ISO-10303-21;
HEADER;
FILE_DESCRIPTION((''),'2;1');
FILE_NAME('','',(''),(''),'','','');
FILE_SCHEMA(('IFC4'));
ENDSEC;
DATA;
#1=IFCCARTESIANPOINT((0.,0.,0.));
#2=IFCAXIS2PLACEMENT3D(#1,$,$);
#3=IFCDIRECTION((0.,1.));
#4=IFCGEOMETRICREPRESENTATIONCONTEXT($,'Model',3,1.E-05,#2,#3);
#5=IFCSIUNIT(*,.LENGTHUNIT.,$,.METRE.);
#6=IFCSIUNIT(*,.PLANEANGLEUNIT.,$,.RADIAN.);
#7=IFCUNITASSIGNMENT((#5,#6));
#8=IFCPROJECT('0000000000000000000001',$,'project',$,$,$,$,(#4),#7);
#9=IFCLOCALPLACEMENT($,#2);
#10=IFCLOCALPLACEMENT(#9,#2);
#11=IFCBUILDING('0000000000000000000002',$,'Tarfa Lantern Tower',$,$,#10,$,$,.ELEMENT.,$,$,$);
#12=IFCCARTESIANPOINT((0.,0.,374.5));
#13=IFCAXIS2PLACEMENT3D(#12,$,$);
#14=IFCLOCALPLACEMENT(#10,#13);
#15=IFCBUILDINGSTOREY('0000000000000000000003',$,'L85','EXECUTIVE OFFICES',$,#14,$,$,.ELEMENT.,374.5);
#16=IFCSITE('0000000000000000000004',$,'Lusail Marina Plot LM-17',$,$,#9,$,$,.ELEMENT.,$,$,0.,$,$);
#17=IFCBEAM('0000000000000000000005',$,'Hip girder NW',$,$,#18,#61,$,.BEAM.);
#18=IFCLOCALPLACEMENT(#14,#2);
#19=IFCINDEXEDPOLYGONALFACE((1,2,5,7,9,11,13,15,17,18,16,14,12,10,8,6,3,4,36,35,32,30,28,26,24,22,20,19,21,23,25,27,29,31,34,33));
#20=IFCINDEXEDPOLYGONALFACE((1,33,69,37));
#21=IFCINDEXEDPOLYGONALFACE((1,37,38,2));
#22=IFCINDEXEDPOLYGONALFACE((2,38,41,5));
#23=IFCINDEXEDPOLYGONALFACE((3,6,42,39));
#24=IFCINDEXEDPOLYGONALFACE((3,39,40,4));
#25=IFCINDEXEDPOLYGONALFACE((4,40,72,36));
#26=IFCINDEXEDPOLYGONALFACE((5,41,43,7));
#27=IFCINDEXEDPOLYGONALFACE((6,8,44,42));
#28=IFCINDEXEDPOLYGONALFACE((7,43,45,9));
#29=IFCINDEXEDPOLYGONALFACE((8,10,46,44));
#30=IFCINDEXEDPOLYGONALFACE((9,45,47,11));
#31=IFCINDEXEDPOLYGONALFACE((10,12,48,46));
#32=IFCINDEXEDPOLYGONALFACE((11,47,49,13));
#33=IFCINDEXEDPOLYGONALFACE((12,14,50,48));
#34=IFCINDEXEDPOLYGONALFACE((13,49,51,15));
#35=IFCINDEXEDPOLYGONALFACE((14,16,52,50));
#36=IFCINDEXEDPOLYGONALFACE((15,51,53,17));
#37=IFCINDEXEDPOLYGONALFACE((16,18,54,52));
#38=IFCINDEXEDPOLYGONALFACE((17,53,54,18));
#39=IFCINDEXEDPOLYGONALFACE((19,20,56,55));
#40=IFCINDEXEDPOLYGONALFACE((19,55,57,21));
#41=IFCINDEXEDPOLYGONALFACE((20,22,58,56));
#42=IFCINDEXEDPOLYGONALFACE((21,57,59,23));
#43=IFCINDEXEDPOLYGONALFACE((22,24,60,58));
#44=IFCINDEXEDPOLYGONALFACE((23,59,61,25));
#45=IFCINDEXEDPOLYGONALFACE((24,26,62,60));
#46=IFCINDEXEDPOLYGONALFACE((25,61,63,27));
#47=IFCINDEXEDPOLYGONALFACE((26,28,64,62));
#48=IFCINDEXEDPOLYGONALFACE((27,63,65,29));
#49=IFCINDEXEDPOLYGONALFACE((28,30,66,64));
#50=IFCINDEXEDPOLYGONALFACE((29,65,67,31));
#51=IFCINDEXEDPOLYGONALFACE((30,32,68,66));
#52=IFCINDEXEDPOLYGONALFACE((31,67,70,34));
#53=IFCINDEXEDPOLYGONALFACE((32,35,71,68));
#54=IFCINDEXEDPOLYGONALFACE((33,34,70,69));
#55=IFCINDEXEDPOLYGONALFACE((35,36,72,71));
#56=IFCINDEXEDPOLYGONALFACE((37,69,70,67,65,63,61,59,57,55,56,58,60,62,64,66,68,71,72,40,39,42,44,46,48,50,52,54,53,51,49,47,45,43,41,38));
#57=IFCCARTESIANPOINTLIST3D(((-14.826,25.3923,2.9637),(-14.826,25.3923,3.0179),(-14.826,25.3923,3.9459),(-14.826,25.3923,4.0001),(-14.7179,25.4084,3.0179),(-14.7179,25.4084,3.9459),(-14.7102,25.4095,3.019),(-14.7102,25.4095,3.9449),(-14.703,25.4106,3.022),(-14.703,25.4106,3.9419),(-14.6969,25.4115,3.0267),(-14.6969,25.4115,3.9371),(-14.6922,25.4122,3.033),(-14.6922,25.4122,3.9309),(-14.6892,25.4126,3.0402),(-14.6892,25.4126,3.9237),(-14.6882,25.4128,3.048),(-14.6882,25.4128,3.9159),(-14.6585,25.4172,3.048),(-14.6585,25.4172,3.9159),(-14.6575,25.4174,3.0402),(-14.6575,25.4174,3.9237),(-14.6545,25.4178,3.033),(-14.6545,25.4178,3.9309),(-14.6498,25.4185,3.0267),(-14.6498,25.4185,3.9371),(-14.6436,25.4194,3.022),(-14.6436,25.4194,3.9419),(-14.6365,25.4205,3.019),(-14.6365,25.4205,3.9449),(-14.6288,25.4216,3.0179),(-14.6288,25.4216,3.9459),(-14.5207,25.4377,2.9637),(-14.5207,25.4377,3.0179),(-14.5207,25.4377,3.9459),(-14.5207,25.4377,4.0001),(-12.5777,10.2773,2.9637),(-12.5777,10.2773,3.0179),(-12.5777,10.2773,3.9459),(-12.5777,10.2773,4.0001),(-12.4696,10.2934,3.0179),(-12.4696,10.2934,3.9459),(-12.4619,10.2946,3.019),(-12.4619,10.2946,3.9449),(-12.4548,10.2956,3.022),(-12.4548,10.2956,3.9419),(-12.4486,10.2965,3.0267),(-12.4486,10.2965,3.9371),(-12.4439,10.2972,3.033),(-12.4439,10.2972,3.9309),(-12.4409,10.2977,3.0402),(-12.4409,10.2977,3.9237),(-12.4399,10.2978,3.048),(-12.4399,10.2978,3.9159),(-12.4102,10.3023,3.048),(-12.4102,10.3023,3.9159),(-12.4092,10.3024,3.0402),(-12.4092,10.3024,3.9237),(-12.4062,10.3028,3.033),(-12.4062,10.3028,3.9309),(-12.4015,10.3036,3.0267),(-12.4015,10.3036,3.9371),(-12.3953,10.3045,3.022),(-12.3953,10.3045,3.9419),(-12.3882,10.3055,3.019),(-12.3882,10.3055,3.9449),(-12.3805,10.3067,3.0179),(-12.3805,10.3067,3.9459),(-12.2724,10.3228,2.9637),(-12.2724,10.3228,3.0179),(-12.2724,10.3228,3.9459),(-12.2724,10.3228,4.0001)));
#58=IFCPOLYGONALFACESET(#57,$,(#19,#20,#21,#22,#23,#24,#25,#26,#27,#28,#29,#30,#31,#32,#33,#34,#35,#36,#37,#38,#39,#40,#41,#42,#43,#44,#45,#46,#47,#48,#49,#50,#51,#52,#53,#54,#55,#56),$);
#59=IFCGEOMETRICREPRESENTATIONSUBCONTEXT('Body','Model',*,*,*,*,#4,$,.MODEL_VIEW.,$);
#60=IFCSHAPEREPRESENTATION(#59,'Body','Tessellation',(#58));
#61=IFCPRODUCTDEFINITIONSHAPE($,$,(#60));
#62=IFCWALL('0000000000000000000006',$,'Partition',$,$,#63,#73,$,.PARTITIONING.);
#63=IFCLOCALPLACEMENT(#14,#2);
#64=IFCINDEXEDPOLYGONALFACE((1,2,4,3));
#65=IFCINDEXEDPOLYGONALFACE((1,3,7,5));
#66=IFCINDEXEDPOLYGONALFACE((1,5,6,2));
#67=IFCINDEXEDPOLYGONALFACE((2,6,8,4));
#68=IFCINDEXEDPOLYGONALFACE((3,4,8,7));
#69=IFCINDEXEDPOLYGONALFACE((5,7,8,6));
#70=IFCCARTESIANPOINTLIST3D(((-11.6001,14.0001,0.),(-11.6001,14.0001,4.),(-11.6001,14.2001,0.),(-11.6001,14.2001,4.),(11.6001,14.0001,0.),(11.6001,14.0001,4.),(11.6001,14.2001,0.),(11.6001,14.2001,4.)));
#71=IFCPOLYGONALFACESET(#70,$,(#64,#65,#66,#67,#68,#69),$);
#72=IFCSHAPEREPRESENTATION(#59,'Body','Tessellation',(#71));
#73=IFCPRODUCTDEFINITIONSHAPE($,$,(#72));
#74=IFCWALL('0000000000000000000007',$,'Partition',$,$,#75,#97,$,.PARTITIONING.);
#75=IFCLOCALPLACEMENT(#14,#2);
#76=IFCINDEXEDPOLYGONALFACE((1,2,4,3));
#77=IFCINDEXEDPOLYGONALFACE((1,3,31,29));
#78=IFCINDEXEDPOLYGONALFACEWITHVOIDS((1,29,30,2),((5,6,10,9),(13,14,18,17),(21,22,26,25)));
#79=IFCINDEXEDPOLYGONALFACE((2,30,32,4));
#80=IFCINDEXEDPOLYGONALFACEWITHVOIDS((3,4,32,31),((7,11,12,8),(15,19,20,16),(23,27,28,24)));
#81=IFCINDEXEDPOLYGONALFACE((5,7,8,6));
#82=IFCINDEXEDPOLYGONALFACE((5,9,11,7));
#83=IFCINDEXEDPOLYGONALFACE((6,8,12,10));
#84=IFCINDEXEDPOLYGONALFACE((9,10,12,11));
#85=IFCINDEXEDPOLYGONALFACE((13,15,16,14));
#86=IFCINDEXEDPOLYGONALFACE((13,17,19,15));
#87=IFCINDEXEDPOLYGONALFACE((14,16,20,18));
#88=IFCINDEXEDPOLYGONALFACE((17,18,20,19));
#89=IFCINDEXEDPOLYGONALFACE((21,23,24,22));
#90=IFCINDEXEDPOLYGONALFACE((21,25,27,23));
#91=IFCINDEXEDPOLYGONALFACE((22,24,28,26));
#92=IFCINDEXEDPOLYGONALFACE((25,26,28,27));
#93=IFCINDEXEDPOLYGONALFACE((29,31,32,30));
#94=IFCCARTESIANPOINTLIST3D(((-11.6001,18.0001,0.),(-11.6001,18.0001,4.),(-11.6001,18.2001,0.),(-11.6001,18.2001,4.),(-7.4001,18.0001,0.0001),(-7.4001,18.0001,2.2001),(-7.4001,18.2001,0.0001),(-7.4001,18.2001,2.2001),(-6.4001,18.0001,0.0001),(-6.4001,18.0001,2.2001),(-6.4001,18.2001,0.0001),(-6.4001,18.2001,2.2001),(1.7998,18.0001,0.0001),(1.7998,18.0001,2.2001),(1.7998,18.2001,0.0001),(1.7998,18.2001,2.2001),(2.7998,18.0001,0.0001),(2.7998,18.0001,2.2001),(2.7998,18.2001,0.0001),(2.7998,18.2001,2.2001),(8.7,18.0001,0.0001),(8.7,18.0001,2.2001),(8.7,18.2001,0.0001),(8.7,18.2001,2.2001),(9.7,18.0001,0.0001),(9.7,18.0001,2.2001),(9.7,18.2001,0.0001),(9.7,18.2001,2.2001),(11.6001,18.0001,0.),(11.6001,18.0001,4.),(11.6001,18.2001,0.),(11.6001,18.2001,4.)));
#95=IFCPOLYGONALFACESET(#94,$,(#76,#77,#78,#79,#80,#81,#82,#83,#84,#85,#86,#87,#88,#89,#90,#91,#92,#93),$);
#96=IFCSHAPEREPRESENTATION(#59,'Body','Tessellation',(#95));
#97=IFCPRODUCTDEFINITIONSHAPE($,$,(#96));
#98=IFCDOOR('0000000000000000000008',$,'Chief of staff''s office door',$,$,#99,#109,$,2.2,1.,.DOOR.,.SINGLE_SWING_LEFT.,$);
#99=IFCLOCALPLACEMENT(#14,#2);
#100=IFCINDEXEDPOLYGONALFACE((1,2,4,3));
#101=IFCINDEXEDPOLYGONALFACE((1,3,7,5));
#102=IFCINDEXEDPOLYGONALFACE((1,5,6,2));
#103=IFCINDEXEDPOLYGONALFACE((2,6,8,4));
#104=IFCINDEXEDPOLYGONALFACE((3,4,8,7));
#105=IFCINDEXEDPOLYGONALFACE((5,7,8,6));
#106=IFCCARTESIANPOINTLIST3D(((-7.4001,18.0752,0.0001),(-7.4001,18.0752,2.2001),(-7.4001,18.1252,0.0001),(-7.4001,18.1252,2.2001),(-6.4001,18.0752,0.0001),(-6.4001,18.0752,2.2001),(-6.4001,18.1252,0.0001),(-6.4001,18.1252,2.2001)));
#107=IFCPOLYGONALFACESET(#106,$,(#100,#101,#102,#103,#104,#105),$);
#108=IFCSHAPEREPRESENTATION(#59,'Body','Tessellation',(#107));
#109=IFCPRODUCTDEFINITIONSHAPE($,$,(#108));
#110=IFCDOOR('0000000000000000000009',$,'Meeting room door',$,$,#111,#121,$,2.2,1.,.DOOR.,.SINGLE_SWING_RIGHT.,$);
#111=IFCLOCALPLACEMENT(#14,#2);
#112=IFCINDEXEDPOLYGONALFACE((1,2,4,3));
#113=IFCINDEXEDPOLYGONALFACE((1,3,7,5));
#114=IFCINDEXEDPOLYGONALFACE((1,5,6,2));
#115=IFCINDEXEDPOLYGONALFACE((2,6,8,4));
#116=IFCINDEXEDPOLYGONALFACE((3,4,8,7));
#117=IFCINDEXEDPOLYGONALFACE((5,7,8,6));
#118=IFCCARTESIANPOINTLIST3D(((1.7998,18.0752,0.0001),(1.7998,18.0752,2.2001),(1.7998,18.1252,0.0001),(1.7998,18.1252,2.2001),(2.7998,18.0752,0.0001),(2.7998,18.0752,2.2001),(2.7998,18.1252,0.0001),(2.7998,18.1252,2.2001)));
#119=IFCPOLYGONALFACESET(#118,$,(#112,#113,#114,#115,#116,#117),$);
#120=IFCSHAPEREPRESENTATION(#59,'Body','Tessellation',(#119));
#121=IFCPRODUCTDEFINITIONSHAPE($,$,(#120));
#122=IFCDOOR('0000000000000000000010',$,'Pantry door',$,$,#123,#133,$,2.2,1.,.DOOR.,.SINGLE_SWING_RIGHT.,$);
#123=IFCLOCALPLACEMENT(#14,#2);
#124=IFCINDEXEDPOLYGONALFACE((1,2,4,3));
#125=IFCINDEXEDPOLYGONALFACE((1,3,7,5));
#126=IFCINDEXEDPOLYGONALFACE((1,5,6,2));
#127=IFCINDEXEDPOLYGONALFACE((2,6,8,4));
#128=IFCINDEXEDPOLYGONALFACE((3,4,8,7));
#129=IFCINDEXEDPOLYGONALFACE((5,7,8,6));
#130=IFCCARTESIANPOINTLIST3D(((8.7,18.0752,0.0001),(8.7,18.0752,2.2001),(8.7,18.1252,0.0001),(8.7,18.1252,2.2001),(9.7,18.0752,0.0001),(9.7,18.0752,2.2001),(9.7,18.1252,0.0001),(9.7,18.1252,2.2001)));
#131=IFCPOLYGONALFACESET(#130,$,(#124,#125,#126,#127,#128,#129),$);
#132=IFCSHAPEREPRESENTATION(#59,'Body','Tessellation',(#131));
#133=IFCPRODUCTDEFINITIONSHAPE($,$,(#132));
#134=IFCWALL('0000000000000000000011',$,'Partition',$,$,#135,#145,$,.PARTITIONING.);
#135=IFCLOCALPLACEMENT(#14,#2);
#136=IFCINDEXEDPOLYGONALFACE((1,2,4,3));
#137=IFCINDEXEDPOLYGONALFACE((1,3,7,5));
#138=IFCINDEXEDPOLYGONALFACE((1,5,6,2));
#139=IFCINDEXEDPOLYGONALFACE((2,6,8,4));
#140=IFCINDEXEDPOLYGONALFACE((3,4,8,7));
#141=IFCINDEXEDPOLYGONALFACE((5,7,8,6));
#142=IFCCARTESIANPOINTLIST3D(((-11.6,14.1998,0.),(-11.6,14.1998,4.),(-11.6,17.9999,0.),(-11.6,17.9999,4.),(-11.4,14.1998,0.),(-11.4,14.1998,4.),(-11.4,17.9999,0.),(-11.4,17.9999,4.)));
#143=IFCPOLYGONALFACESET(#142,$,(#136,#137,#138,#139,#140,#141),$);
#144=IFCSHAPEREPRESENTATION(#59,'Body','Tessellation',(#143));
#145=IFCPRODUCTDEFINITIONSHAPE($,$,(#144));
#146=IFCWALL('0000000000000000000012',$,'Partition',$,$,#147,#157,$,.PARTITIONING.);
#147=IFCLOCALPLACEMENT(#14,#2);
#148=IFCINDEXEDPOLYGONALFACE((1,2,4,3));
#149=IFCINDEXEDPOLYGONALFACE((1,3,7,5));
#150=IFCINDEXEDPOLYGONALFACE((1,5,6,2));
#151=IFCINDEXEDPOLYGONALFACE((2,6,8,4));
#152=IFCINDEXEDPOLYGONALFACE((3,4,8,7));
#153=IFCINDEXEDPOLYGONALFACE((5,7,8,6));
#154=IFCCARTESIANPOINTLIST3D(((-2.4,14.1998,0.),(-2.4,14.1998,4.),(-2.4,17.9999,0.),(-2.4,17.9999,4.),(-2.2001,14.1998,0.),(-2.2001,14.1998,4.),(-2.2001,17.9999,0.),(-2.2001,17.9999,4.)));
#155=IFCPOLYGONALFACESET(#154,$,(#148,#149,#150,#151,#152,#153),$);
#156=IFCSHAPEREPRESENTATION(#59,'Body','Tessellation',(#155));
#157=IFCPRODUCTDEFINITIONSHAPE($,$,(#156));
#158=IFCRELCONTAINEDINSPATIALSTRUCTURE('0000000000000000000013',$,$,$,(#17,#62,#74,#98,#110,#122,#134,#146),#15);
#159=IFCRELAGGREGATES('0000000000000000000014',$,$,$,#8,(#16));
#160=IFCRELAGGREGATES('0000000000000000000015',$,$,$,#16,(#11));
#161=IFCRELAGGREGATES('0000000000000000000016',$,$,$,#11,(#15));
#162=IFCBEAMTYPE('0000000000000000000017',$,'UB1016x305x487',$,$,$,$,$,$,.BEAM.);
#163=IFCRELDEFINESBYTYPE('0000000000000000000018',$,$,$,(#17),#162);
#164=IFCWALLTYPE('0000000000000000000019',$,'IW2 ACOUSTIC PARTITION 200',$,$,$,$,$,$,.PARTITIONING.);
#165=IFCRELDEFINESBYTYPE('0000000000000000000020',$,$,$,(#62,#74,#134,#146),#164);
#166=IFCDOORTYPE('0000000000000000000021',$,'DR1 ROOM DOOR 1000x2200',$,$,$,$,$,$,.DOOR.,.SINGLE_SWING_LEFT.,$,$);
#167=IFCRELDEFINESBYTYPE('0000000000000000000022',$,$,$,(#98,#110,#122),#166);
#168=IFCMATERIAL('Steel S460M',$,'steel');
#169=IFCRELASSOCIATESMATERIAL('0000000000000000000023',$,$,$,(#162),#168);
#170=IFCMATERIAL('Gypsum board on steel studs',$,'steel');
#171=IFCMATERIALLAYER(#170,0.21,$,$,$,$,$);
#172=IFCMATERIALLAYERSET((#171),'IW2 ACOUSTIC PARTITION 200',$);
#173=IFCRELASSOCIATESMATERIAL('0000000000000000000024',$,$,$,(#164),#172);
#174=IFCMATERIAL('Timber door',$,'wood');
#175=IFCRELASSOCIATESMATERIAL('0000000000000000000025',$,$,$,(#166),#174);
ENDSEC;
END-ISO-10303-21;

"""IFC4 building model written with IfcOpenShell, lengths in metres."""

from ifc_helpers import new_model, si_unit, direction, frame, frame_2d, origin, origin_2d, place, context, subcontext, project, spatial, rectangle, i_section, extrude, material, layer, layer_set, material_profile, profile_set, type_object, element, fill, save


model = new_model("IFC4")

# Units and contexts
model_context = context("Model", 3, precision=1e-05, world=origin(), true_north=direction((0.0, 1.0)))
body_context = subcontext(model_context, "Body", "Model", "MODEL_VIEW")
ifc_project = project(units=[si_unit("LENGTHUNIT", "METRE"), si_unit("PLANEANGLEUNIT", "RADIAN")], contexts=[model_context])

# Site, building, storey
site_placement = place(None, origin())
site = spatial("IfcSite", under=ifc_project, at=site_placement, Name="Lusail Marina Plot LM-17", CompositionType="ELEMENT", RefElevation=0.0)
building_placement = place(site_placement, origin())
building = spatial("IfcBuilding", under=site, at=building_placement, Name="Tarfa Lantern Tower", CompositionType="ELEMENT")
storey_placement = place(building_placement, frame((0.0, 0.0, 374.5)))
storey = spatial("IfcBuildingStorey", under=building, at=storey_placement, Name="L85", Description="EXECUTIVE OFFICES", CompositionType="ELEMENT", Elevation=374.5)

# Beam
ifc_material_1 = material(Name="Steel S460M", Category="steel")
ifc_material_profile = material_profile(ifc_material_1, i_section(OverallWidth=0.3086, OverallDepth=1.0364, WebThickness=0.03, FlangeThickness=0.0542, FilletRadius=0.03, at=origin_2d()), Name="UB1016x305x487")
ifc_profile_set = profile_set([ifc_material_profile], Name="Steel S460M")
beam_type = type_object("IfcBeamType", Name="UB1016x305x487", PredefinedType="BEAM", material=ifc_profile_set)
beam_placement = place(storey_placement, frame((-12.425, 10.3, 3.4819), z_axis=(-0.147127, 0.989118, 0.0), x_axis=(-0.989118, -0.147127, 0.0)))
element("IfcBeam", 1, at=beam_placement, inside=storey, type_object=beam_type, Name="Hip girder NW", PredefinedType="BEAM", context=body_context, shape_type="SweptSolid", body=[
    extrude(i_section(OverallWidth=0.3086, OverallDepth=1.0364, WebThickness=0.03, FlangeThickness=0.0542, FilletRadius=0.03, at=origin_2d()), origin(), (0.0, 0.0, 1.0), 15.2812),
])

# Wall
ifc_material_2 = material(Name="Gypsum board on steel studs", Category="steel")
ifc_layer_1 = layer(ifc_material_2, 0.21)
ifc_layer_set_1 = layer_set([ifc_layer_1], Name="IW2 ACOUSTIC PARTITION 200")
wall_type_1 = type_object("IfcWallType", Name="IW2 ACOUSTIC PARTITION 200", PredefinedType="PARTITIONING", material=ifc_layer_set_1)
wall_1_placement = place(storey_placement, frame((-11.6001, 14.1001, 0.0), z_axis=(0.0, 0.0, 1.0), x_axis=(1.0, 0.0, 0.0)))
element("IfcWall", 2, at=wall_1_placement, inside=storey, type_object=wall_type_1, Name="Partition", PredefinedType="PARTITIONING", context=body_context, shape_type="SweptSolid", body=[
    extrude(rectangle(XDim=23.2002, YDim=0.2, at=frame_2d((11.6001, 0.0))), origin(), (0.0, 0.0, 1.0), 4.0),
])

# Wall, openings, doors
wall_2_placement = place(storey_placement, frame((-11.6001, 18.1001, 0.0), z_axis=(0.0, 0.0, 1.0), x_axis=(1.0, 0.0, 0.0)))
wall_2 = element("IfcWall", 3, at=wall_2_placement, inside=storey, type_object=wall_type_1, Name="Partition", PredefinedType="PARTITIONING", context=body_context, shape_type="SweptSolid", body=[
    extrude(rectangle(XDim=23.2002, YDim=0.2, at=frame_2d((11.6001, 0.0))), origin(), (0.0, 0.0, 1.0), 4.0),
])
opening_1_placement = place(wall_2_placement, frame((4.2, 0.0, 0.0)))
opening_1 = element("IfcOpeningElement", 4, at=opening_1_placement, cuts=wall_2, PredefinedType="OPENING", context=body_context, shape_type="SweptSolid", body=[
    extrude(rectangle(XDim=1.0, YDim=2.2, at=frame_2d((0.5, 1.1001))), frame((0.0, 0.1099, 0.0), z_axis=(0.0, -1.0, 0.0), x_axis=(1.0, 0.0, 0.0)), (0.0, 0.0, 1.0), 0.22),
])
opening_2_placement = place(wall_2_placement, frame((13.3999, 0.0, 0.0)))
opening_2 = element("IfcOpeningElement", 5, at=opening_2_placement, cuts=wall_2, PredefinedType="OPENING", context=body_context, shape_type="SweptSolid", body=[
    extrude(rectangle(XDim=1.0, YDim=2.2, at=frame_2d((0.5, 1.1001))), frame((0.0, 0.1099, 0.0), z_axis=(0.0, -1.0, 0.0), x_axis=(1.0, 0.0, 0.0)), (0.0, 0.0, 1.0), 0.22),
])
opening_3_placement = place(wall_2_placement, frame((20.3, 0.0, 0.0)))
opening_3 = element("IfcOpeningElement", 6, at=opening_3_placement, cuts=wall_2, PredefinedType="OPENING", context=body_context, shape_type="SweptSolid", body=[
    extrude(rectangle(XDim=1.0, YDim=2.2, at=frame_2d((0.5, 1.1001))), frame((0.0, 0.1099, 0.0), z_axis=(0.0, -1.0, 0.0), x_axis=(1.0, 0.0, 0.0)), (0.0, 0.0, 1.0), 0.22),
])
ifc_material_3 = material(Name="Timber door", Category="wood")
door_type_1 = type_object("IfcDoorType", Name="DR1 ROOM DOOR 1000x2200", OperationType="SINGLE_SWING_LEFT", PredefinedType="DOOR", material=ifc_material_3)
door_1_placement = place(opening_1_placement, frame((1.0, 0.0, 0.0), z_axis=(0.0, 0.0, 1.0), x_axis=(-1.0, 0.0, 0.0)))
door_1 = element("IfcDoor", 7, at=door_1_placement, inside=storey, type_object=door_type_1, Name="Chief of staff's office door", OperationType="SINGLE_SWING_LEFT", OverallHeight=2.2, OverallWidth=1.0, PredefinedType="DOOR", context=body_context, shape_type="SweptSolid", body=[
    extrude(rectangle(XDim=1.0, YDim=2.2, at=frame_2d((0.5, 1.1001))), frame((0.0, 0.0249, 0.0), z_axis=(0.0, -1.0, 0.0), x_axis=(1.0, 0.0, 0.0)), (0.0, 0.0, 1.0), 0.05),
])
fill(opening_1, door_1)
door_2_placement = place(opening_2_placement, frame((1.0, 0.0, 0.0), z_axis=(0.0, 0.0, 1.0), x_axis=(-1.0, 0.0, 0.0)))
door_2 = element("IfcDoor", 8, at=door_2_placement, inside=storey, type_object=door_type_1, Name="Meeting room door", OperationType="SINGLE_SWING_RIGHT", OverallHeight=2.2, OverallWidth=1.0, PredefinedType="DOOR", context=body_context, shape_type="SweptSolid", body=[
    extrude(rectangle(XDim=1.0, YDim=2.2, at=frame_2d((0.5, 1.1001))), frame((0.0, 0.0249, 0.0), z_axis=(0.0, -1.0, 0.0), x_axis=(1.0, 0.0, 0.0)), (0.0, 0.0, 1.0), 0.05),
])
fill(opening_2, door_2)
door_3_placement = place(opening_3_placement, frame((1.0, 0.0, 0.0), z_axis=(0.0, 0.0, 1.0), x_axis=(-1.0, 0.0, 0.0)))
door_3 = element("IfcDoor", 9, at=door_3_placement, inside=storey, type_object=door_type_1, Name="Pantry door", OperationType="SINGLE_SWING_RIGHT", OverallHeight=2.2, OverallWidth=1.0, PredefinedType="DOOR", context=body_context, shape_type="SweptSolid", body=[
    extrude(rectangle(XDim=1.0, YDim=2.2, at=frame_2d((0.5, 1.1001))), frame((0.0, 0.0249, 0.0), z_axis=(0.0, -1.0, 0.0), x_axis=(1.0, 0.0, 0.0)), (0.0, 0.0, 1.0), 0.05),
])
fill(opening_3, door_3)

# Walls
for number, where, z_axis, x_axis, name in (
    (10, (-11.5, 14.2, 0.0), (0.0, 0.0, 1.0), (0.0, 1.0, 0.0), "Partition"),
    (11, (-2.3, 14.2, 0.0), (0.0, 0.0, 1.0), (0.0, 1.0, 0.0), "Partition"),
):
    element("IfcWall", number, at=place(storey_placement, frame(where, z_axis=z_axis, x_axis=x_axis)), inside=storey, type_object=wall_type_1, Name=name, PredefinedType="PARTITIONING", context=body_context, shape_type="SweptSolid", body=[
        extrude(rectangle(XDim=3.8, YDim=0.2, at=frame_2d((1.8999, 0.0))), origin(), (0.0, 0.0, 1.0), 4.0),
    ])

save(model, "model.ifc")
